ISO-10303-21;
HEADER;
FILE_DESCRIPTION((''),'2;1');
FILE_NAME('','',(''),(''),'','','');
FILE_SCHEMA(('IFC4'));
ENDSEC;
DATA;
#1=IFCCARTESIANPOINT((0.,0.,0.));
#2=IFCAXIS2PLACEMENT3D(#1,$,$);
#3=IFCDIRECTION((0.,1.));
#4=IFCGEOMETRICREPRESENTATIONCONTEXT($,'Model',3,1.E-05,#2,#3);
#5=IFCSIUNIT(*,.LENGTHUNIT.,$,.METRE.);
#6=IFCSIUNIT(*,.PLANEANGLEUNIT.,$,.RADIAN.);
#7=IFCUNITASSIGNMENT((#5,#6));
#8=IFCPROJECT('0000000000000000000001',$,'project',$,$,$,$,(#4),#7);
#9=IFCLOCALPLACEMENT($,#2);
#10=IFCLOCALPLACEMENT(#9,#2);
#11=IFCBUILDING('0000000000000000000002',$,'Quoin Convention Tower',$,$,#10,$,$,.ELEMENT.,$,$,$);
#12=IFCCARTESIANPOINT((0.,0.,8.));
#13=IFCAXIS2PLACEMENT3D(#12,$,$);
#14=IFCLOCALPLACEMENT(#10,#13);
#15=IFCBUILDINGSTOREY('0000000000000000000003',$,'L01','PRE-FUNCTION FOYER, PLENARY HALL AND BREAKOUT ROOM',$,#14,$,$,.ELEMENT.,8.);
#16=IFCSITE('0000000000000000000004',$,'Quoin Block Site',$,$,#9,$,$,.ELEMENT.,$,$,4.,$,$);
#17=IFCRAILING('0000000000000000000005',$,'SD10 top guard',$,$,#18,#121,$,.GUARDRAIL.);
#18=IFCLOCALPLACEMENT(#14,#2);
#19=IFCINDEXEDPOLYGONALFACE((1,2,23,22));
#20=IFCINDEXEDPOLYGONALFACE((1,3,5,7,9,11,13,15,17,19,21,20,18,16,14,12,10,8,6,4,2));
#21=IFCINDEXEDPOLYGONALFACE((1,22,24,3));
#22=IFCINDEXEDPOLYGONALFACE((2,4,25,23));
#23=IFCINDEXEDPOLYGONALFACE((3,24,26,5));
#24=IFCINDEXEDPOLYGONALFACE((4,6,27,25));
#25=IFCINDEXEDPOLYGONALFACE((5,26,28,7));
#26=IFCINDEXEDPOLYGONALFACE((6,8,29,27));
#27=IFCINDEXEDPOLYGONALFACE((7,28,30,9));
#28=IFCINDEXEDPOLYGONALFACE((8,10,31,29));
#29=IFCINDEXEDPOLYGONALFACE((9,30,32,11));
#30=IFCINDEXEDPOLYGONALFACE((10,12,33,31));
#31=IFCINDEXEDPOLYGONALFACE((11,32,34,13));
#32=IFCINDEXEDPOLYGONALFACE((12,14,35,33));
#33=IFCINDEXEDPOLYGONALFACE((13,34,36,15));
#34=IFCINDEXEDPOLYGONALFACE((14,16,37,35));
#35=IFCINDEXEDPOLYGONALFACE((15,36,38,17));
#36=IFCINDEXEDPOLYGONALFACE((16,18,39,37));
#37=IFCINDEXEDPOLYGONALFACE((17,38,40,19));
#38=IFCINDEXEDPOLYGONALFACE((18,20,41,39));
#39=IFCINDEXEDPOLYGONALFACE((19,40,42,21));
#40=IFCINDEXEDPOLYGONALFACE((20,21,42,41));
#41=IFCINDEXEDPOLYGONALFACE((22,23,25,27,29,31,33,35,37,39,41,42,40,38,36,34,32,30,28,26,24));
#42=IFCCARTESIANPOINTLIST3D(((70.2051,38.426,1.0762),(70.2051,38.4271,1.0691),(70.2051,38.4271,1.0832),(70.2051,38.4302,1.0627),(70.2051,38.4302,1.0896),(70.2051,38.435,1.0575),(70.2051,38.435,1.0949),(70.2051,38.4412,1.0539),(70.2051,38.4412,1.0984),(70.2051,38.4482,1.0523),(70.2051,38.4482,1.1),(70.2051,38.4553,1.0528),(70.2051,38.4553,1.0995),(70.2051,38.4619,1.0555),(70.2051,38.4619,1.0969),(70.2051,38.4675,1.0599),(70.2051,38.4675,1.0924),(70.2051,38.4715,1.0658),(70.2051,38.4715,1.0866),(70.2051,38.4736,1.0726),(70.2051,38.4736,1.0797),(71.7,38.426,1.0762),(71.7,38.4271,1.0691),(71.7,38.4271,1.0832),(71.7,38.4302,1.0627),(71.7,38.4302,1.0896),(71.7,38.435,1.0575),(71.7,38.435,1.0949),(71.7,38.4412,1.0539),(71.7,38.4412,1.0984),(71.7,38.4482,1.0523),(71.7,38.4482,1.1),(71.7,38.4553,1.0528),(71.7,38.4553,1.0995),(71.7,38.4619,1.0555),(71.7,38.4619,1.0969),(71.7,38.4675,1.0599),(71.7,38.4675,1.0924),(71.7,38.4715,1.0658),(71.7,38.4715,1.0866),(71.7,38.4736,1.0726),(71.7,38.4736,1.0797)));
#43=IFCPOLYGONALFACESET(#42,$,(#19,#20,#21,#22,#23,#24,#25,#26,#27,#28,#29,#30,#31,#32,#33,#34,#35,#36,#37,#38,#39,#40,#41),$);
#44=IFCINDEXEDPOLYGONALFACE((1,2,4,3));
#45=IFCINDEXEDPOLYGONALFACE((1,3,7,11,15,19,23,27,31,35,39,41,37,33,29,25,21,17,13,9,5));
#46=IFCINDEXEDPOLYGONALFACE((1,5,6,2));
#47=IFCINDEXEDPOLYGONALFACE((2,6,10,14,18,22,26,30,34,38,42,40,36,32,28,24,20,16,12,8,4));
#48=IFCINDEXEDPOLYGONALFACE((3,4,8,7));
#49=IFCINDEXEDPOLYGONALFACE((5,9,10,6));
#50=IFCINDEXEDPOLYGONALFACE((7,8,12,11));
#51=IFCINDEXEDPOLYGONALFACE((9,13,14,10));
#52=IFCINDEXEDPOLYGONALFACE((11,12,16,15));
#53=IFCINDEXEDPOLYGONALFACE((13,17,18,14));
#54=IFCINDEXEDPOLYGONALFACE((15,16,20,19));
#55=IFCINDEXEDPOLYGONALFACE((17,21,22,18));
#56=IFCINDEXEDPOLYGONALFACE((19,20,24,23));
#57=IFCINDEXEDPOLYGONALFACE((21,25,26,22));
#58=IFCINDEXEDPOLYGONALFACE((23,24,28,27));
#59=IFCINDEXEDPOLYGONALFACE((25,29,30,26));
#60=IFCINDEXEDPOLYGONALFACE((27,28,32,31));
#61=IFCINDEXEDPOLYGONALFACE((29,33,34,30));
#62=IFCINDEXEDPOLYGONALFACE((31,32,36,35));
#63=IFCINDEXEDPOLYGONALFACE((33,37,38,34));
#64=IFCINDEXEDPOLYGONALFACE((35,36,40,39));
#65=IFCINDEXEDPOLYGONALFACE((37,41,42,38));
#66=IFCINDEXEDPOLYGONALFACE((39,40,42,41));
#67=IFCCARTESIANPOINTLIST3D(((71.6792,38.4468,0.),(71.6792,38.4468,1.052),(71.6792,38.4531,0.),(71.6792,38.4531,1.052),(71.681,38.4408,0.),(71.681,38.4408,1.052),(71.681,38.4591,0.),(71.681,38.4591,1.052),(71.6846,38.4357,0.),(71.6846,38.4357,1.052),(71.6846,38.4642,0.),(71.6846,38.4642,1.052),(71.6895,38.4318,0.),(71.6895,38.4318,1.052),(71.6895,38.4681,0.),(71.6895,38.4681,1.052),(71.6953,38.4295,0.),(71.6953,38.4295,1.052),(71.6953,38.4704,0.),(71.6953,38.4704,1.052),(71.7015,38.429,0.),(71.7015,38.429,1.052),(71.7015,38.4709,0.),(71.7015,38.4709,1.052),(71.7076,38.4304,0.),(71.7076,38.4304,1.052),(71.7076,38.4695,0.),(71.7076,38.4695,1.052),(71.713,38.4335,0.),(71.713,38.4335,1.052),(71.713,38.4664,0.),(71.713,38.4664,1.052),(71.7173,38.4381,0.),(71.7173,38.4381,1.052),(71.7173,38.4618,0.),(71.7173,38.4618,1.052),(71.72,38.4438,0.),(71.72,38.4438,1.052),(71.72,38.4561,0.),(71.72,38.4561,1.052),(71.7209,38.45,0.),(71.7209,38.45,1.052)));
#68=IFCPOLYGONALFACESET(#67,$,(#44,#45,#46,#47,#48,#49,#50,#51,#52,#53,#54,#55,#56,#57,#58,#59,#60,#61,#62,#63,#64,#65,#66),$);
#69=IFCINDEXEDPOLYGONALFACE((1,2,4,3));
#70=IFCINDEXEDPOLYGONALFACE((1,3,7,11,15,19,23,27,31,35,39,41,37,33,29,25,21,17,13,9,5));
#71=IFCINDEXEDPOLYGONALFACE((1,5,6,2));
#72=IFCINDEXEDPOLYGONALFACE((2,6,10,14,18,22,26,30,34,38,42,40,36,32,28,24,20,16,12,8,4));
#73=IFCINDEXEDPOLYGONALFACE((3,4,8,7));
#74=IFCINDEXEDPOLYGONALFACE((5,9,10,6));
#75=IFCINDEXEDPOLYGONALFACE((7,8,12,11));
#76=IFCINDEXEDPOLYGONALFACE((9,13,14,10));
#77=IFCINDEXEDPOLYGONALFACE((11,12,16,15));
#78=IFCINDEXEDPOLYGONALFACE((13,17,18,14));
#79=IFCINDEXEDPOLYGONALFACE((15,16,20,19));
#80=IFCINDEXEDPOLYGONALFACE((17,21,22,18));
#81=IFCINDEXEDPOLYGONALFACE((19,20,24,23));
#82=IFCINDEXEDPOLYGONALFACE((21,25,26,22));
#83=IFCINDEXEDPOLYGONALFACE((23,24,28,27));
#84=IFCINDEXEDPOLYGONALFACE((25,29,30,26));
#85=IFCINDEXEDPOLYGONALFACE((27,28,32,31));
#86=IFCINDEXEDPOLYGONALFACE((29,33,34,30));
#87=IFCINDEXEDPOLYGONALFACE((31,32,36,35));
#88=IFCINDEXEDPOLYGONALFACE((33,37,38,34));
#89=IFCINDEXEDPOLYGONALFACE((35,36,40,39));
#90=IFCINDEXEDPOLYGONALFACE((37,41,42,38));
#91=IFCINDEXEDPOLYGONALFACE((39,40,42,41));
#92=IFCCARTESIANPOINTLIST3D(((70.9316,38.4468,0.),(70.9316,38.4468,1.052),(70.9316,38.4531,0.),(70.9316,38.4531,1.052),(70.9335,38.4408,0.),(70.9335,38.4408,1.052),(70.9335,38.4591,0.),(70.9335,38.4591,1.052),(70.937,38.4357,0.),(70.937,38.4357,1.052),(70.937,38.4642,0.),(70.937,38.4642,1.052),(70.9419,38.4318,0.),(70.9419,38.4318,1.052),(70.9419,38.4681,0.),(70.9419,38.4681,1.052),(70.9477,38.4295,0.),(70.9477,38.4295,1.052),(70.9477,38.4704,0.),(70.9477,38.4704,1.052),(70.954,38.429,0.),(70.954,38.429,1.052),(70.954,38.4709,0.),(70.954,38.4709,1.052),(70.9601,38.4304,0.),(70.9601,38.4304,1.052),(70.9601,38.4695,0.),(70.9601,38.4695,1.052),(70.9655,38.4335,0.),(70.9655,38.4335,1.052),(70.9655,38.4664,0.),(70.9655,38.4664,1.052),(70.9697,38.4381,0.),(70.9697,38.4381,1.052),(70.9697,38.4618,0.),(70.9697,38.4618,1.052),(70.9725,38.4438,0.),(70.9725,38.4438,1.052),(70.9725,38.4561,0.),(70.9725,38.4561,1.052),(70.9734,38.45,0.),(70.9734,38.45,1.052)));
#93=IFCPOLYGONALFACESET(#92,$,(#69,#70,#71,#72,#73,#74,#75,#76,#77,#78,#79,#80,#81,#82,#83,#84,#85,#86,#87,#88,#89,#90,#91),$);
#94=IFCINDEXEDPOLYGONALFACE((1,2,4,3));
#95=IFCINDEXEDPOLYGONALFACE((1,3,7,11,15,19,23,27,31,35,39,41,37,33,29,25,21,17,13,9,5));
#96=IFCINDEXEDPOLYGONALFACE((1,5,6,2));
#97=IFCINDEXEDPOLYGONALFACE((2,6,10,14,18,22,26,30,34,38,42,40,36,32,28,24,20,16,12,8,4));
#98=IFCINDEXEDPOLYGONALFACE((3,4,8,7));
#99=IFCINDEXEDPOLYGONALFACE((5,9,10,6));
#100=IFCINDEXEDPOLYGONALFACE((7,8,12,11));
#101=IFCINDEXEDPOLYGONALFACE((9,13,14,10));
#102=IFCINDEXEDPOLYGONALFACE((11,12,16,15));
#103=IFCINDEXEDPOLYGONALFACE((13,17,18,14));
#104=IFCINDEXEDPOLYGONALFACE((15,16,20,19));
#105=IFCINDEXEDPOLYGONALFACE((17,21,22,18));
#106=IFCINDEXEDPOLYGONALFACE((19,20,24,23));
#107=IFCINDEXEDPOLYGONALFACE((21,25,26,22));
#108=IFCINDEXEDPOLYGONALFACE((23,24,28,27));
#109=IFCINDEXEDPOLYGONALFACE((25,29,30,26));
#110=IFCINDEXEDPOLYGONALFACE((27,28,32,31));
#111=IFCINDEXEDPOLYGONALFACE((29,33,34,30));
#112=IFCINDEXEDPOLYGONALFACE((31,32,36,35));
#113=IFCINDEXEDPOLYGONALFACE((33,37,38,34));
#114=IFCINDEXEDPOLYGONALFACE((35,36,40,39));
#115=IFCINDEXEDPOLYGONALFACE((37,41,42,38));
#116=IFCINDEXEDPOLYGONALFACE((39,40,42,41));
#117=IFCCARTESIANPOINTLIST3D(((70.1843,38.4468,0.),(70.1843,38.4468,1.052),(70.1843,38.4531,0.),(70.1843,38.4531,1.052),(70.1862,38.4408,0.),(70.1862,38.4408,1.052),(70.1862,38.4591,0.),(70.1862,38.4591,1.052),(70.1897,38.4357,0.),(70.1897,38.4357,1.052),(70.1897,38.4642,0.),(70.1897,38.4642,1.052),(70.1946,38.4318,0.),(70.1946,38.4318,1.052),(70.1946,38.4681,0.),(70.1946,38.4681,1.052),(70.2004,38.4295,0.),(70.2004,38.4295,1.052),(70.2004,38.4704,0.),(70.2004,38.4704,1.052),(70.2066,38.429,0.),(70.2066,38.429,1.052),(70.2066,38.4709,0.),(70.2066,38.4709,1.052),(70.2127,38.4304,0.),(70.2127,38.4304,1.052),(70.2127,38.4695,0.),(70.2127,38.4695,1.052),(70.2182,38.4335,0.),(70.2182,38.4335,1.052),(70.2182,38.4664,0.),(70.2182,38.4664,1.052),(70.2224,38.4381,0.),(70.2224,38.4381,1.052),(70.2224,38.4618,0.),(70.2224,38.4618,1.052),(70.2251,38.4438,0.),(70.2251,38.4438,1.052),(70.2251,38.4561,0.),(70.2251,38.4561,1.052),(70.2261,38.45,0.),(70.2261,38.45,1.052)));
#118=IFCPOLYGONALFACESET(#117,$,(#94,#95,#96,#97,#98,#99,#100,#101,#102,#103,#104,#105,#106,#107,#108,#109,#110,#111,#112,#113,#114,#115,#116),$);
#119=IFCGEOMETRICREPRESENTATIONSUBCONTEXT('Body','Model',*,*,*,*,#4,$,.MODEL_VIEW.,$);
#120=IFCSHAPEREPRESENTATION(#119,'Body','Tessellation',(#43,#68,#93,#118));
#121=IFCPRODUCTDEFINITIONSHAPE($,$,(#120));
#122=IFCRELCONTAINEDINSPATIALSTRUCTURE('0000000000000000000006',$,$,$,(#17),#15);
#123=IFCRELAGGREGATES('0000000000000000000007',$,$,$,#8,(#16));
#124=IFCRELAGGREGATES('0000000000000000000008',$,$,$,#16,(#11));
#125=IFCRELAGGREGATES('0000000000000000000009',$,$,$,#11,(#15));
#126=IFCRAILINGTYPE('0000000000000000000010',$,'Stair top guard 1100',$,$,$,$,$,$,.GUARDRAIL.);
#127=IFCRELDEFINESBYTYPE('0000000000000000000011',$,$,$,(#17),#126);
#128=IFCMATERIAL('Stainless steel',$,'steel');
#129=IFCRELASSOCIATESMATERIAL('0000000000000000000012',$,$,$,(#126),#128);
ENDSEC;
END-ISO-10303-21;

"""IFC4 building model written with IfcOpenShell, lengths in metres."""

from ifc_helpers import new_model, si_unit, direction, frame, origin, origin_2d, place, context, subcontext, project, spatial, circle, extrude, material, type_object, element, save


model = new_model("IFC4")

# Units and contexts
model_context = context("Model", 3, precision=1e-05, world=origin(), true_north=direction((0.0, 1.0)))
body_context = subcontext(model_context, "Body", "Model", "MODEL_VIEW")
ifc_project = project(units=[si_unit("LENGTHUNIT", "METRE"), si_unit("PLANEANGLEUNIT", "RADIAN")], contexts=[model_context])

# Site, building, storey
site_placement = place(None, origin())
site = spatial("IfcSite", under=ifc_project, at=site_placement, Name="Quoin Block Site", CompositionType="ELEMENT", RefElevation=4.0)
building_placement = place(site_placement, origin())
building = spatial("IfcBuilding", under=site, at=building_placement, Name="Quoin Convention Tower", CompositionType="ELEMENT")
storey_placement = place(building_placement, frame((0.0, 0.0, 8.0)))
storey = spatial("IfcBuildingStorey", under=building, at=storey_placement, Name="L01", Description="PRE-FUNCTION FOYER, PLENARY HALL AND BREAKOUT ROOM", CompositionType="ELEMENT", Elevation=8.0)

# Railing
ifc_material_1 = material(Name="Stainless steel", Category="steel")
railing_type_1 = type_object("IfcRailingType", Name="Stair top guard 1100", PredefinedType="GUARDRAIL", material=ifc_material_1)
railing_1_placement = place(storey_placement, frame((71.7, 38.45, 0.0)))
element("IfcRailing", 1, at=railing_1_placement, inside=storey, type_object=railing_type_1, Name="SD10 top guard", PredefinedType="GUARDRAIL", context=body_context, shape_type="SweptSolid", body=[
    extrude(circle(Radius=0.0239, at=origin_2d()), frame((0.0, 0.0, 1.0762), z_axis=(-1.0, 0.0, 0.0), x_axis=(0.0, -1.0, 0.0)), (0.0, 0.0, 1.0), 1.4949),
    extrude(circle(Radius=0.021, at=origin_2d()), origin(), (0.0, 0.0, 1.0), 1.052),
    extrude(circle(Radius=0.021, at=origin_2d()), frame((-0.7476, 0.0, 0.0)), (0.0, 0.0, 1.0), 1.052),
    extrude(circle(Radius=0.021, at=origin_2d()), frame((-1.4949, 0.0, 0.0)), (0.0, 0.0, 1.0), 1.052),
])

save(model, "model.ifc")
